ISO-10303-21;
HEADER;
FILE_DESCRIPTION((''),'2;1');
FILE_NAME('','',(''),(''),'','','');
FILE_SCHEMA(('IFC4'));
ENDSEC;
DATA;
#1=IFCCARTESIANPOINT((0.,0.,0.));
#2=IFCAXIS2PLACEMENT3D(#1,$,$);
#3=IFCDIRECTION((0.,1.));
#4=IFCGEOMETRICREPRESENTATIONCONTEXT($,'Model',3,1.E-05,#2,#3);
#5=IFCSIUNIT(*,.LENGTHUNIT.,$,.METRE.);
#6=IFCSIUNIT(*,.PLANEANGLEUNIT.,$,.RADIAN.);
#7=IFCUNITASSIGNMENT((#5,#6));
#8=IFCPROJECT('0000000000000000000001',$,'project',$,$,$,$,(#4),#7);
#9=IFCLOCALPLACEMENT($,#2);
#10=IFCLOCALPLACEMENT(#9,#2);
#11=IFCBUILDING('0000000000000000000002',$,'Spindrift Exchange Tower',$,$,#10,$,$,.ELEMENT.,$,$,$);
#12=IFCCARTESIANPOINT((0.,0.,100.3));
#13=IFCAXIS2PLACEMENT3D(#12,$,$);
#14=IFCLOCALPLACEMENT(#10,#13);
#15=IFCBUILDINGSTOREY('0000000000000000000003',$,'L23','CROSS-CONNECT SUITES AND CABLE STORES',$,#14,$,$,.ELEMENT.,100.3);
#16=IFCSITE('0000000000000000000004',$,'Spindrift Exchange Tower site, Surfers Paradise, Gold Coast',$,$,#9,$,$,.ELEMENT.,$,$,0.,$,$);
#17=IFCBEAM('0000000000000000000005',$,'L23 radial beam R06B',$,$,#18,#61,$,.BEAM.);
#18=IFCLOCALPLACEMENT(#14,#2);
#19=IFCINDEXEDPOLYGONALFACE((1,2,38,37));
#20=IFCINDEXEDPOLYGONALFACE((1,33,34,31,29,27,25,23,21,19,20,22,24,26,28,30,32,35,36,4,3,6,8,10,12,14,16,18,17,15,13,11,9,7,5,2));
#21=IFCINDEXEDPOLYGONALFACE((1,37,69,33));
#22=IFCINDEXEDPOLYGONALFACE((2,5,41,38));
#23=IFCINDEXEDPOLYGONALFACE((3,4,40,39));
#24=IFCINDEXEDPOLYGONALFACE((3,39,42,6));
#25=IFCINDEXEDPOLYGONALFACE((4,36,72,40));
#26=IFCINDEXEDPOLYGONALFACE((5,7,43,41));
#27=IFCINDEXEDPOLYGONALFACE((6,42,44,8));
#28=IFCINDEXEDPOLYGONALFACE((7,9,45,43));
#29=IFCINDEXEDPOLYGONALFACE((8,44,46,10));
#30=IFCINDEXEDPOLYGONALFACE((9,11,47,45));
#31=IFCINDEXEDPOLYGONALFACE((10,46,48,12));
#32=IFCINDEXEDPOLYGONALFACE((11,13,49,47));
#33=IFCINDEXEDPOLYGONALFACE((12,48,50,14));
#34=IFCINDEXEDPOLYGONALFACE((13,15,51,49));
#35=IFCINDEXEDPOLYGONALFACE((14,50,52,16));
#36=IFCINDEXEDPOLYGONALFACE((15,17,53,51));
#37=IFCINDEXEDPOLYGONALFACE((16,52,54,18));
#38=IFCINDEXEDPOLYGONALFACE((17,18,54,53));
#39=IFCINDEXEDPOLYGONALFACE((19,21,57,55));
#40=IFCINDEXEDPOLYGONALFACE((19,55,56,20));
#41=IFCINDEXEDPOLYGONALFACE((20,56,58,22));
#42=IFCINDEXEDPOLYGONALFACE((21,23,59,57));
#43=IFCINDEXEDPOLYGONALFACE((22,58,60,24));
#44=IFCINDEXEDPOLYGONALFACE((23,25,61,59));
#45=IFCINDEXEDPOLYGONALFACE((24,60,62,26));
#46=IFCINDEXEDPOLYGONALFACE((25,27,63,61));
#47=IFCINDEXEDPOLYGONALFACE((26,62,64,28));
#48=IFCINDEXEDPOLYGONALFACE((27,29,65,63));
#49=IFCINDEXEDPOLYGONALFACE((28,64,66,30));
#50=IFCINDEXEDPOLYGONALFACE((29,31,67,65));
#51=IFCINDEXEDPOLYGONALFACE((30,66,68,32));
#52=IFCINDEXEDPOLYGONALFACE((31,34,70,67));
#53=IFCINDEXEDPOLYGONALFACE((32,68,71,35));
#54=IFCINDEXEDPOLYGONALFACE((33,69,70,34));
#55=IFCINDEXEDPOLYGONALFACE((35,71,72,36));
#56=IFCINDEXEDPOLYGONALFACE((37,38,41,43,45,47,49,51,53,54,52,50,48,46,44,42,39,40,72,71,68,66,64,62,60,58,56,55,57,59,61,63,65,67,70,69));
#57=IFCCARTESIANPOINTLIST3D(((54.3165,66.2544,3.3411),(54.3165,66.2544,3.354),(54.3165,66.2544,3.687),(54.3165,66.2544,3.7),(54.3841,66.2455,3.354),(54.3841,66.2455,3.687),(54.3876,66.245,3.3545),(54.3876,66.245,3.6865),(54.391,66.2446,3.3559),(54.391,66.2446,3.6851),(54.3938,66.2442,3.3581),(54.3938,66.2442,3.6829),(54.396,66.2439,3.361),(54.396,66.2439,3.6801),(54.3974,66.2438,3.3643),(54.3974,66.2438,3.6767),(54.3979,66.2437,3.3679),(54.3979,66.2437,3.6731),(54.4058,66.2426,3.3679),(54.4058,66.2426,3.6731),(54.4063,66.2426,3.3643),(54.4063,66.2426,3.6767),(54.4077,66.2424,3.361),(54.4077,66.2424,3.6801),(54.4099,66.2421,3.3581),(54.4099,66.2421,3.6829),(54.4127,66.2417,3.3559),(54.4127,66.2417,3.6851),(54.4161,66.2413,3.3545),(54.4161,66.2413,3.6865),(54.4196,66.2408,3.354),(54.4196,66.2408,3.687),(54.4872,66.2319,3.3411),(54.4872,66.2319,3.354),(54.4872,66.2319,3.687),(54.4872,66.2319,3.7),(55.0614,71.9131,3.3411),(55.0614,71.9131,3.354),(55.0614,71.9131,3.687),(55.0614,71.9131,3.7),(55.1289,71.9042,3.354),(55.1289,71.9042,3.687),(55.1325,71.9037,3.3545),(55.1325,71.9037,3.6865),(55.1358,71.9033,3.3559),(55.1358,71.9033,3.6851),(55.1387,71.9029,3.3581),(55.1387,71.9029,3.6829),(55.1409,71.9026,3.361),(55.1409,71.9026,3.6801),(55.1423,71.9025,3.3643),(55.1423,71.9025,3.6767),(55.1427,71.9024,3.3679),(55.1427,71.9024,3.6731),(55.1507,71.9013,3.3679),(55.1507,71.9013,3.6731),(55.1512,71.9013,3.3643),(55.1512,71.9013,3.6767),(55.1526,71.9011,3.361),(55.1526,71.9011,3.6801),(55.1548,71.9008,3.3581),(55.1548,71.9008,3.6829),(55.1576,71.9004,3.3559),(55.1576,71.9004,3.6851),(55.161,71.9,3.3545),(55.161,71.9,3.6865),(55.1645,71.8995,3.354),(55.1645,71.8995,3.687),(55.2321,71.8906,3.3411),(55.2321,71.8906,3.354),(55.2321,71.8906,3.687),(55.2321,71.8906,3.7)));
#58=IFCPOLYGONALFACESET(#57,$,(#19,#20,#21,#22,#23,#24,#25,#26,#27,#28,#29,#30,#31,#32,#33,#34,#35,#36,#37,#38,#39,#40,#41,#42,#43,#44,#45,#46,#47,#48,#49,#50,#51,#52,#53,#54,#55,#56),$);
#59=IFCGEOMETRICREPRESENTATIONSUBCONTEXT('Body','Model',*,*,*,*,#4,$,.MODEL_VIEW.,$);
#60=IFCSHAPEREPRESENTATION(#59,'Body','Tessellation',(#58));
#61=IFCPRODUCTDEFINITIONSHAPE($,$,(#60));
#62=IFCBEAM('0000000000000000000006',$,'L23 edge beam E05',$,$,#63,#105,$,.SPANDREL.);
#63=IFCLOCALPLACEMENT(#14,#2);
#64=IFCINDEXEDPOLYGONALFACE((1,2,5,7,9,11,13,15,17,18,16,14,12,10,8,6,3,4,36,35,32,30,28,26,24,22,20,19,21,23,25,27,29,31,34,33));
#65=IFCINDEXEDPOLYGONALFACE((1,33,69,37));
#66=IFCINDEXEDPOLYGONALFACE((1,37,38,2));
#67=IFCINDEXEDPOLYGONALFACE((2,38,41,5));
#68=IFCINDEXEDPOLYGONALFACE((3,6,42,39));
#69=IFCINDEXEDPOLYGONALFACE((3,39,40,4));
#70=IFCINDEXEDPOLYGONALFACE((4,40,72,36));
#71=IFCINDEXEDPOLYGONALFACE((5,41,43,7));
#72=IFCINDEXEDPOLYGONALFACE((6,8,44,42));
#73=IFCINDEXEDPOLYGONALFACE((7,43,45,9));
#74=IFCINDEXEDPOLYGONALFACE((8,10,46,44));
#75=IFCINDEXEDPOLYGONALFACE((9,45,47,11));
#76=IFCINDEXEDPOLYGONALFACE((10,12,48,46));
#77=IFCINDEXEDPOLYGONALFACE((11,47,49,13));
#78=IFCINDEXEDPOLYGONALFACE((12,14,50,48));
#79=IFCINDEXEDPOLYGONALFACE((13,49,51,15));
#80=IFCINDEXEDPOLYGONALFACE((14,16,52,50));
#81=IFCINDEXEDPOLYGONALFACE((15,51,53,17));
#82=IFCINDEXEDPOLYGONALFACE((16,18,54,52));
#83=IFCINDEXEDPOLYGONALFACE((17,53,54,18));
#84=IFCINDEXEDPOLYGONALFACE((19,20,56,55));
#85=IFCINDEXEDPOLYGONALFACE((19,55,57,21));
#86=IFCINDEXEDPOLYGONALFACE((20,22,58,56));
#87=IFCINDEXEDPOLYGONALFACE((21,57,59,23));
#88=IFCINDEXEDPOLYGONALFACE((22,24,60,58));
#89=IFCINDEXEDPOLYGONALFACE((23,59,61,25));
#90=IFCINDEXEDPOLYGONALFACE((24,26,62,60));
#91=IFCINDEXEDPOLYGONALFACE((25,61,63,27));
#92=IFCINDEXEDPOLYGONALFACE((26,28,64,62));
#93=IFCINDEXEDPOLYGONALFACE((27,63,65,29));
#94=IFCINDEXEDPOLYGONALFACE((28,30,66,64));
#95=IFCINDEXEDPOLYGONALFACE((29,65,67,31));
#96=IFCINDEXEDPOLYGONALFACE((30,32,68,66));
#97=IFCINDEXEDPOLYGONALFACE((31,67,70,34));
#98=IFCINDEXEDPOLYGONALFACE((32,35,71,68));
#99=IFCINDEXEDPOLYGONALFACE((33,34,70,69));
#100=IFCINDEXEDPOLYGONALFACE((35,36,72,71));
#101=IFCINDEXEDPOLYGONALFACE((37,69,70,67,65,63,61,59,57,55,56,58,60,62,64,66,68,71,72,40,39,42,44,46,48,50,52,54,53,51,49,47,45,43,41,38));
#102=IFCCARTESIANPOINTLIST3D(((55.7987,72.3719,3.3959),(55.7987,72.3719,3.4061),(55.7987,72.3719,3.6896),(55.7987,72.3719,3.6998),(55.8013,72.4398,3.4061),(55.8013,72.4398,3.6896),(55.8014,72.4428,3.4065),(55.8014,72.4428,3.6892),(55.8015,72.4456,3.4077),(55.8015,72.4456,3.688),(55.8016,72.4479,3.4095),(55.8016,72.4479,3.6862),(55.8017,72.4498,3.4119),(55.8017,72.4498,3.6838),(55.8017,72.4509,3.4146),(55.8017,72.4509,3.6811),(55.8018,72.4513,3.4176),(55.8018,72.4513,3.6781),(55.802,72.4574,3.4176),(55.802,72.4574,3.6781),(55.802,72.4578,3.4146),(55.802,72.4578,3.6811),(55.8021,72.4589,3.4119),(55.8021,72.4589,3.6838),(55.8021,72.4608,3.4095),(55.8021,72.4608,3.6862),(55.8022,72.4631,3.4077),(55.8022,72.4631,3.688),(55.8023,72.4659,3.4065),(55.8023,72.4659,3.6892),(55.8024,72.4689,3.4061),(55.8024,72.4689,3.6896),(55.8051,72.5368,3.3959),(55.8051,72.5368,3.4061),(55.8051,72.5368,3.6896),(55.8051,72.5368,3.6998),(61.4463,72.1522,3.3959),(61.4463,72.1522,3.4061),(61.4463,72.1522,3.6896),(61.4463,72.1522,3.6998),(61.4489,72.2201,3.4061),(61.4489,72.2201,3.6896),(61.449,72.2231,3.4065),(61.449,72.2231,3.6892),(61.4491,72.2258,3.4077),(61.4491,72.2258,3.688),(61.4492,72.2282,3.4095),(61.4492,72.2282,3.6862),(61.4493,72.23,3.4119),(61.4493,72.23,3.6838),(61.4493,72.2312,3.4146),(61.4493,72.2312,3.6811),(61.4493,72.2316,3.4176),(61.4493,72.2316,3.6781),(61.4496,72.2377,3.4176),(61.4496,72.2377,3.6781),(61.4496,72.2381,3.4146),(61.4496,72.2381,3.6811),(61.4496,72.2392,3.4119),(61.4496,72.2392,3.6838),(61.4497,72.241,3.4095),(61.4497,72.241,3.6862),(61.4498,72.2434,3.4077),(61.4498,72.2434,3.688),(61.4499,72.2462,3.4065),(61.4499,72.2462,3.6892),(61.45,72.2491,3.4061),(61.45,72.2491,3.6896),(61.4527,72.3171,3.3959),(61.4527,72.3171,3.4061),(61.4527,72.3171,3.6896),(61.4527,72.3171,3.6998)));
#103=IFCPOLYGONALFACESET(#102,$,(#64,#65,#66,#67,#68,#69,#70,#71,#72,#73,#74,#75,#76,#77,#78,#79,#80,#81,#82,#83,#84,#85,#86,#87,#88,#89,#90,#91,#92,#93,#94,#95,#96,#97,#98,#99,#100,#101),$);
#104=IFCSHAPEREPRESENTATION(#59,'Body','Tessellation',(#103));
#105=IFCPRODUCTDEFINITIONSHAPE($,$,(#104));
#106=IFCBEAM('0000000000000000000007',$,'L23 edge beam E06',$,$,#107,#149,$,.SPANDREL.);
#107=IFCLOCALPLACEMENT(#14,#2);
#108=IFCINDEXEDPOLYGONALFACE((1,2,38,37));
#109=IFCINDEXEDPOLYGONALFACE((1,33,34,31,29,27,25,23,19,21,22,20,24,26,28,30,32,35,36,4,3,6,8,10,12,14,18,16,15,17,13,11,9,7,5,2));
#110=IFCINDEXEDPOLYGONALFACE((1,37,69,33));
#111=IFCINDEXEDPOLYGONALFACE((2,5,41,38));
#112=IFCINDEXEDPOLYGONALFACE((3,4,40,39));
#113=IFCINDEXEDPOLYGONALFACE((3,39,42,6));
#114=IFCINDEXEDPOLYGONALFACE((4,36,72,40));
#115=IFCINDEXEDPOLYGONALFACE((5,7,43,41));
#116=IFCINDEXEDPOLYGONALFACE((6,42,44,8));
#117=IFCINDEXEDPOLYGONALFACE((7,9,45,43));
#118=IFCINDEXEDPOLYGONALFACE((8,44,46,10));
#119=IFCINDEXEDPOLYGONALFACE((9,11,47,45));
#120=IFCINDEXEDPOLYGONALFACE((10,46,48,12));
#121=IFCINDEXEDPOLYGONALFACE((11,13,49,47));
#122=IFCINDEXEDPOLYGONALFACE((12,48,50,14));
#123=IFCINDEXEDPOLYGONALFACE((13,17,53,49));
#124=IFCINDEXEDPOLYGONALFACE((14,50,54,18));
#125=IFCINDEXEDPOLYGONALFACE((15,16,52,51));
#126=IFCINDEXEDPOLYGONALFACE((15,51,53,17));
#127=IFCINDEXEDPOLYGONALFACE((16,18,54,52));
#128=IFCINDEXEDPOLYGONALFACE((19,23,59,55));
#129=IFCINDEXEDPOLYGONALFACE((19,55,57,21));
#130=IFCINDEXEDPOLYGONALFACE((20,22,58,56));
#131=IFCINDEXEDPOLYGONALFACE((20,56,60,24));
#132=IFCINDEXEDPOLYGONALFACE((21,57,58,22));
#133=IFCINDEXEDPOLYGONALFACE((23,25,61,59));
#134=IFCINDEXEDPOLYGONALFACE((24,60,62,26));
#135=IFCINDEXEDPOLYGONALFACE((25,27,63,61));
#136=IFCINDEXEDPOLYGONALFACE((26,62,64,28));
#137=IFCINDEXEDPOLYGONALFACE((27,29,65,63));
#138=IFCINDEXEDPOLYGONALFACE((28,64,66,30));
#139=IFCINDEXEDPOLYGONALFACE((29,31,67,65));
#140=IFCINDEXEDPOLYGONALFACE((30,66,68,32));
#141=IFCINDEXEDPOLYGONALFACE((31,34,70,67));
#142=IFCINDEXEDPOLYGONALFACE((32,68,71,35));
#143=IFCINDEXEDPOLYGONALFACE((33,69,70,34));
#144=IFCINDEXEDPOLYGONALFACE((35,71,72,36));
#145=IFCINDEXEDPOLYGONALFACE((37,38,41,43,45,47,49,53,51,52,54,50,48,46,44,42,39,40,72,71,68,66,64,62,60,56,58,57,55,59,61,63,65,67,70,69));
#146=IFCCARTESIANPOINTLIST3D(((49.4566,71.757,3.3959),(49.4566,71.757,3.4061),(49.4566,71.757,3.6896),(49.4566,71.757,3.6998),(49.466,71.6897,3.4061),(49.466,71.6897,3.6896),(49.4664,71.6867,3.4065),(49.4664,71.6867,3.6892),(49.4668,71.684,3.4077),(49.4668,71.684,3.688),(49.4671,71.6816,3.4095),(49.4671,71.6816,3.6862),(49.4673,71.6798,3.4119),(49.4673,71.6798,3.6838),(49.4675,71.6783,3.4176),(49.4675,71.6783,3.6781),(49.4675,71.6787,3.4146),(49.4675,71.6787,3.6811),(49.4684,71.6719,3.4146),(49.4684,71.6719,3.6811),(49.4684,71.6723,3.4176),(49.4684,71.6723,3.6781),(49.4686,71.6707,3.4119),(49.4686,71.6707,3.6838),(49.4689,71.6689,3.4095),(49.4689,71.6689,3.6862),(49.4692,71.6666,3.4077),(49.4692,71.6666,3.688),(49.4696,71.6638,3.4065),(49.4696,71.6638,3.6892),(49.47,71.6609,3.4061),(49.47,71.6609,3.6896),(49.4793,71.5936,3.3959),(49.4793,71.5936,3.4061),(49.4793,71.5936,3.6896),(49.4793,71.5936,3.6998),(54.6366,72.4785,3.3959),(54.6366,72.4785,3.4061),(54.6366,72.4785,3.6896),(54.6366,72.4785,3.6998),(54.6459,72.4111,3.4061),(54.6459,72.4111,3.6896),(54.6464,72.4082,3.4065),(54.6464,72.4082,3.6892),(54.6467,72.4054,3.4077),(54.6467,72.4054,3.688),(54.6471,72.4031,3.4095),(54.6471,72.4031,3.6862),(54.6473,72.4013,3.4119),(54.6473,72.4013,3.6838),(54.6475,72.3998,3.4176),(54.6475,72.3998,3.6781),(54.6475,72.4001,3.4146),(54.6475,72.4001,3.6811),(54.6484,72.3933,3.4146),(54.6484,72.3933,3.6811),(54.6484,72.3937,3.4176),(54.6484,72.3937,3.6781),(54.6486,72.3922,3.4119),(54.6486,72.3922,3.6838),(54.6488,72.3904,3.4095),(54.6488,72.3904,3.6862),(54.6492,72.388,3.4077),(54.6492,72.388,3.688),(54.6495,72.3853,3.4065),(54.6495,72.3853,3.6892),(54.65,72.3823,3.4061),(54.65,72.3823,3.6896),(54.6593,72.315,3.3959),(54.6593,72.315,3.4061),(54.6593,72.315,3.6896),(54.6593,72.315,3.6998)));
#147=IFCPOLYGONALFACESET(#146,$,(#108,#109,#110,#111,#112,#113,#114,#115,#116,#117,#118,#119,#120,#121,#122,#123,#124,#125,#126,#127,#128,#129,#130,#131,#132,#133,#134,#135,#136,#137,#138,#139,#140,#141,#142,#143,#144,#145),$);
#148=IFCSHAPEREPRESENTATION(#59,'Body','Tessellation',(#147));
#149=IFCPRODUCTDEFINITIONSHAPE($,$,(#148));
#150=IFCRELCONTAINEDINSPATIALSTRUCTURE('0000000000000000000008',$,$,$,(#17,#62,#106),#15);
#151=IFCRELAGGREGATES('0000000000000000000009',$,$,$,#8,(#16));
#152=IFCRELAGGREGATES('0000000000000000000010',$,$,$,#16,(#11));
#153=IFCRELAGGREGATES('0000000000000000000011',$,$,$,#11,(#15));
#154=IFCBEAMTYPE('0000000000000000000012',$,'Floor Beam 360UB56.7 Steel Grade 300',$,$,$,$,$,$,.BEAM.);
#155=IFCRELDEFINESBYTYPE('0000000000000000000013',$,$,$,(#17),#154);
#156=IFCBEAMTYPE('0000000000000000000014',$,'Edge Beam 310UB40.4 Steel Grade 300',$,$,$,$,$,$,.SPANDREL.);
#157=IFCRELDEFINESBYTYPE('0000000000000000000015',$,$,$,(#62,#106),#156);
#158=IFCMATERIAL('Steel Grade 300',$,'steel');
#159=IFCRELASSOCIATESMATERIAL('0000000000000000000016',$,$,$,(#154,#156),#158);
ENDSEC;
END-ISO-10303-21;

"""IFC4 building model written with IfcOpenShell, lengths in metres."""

from ifc_helpers import new_model, si_unit, direction, frame, origin, origin_2d, place, context, subcontext, project, spatial, i_section, extrude, source, transform, mapped, material, material_profile, profile_set, type_object, element, save


model = new_model("IFC4")

# Units and contexts
model_context = context("Model", 3, precision=1e-05, world=origin(), true_north=direction((0.0, 1.0)))
body_context = subcontext(model_context, "Body", "Model", "MODEL_VIEW")
ifc_project = project(units=[si_unit("LENGTHUNIT", "METRE"), si_unit("PLANEANGLEUNIT", "RADIAN")], contexts=[model_context])

# Site, building, storey
site_placement = place(None, origin())
site = spatial("IfcSite", under=ifc_project, at=site_placement, Name="Spindrift Exchange Tower site, Surfers Paradise, Gold Coast", CompositionType="ELEMENT", RefElevation=0.0)
building_placement = place(site_placement, origin())
building = spatial("IfcBuilding", under=site, at=building_placement, Name="Spindrift Exchange Tower", CompositionType="ELEMENT")
storey_placement = place(building_placement, frame((0.0, 0.0, 100.3)))
storey = spatial("IfcBuildingStorey", under=building, at=storey_placement, Name="L23", Description="CROSS-CONNECT SUITES AND CABLE STORES", CompositionType="ELEMENT", Elevation=100.3)

# Beams
ifc_material_1 = material(Name="Steel Grade 300", Category="steel")
ifc_material_profile_1 = material_profile(ifc_material_1, i_section(OverallWidth=0.1721, OverallDepth=0.3589, WebThickness=0.0081, FlangeThickness=0.0129, FilletRadius=0.0139, at=origin_2d()), Name="360UB56.7")
ifc_profile_set_1 = profile_set([ifc_material_profile_1], Name="Steel Grade 300")
beam_type_1 = type_object("IfcBeamType", Name="Floor Beam 360UB56.7 Steel Grade 300", PredefinedType="BEAM", material=ifc_profile_set_1)
shared_shape_1 = source(origin(), body_context, "Body", "SweptSolid", [
    extrude(i_section(OverallWidth=0.1721, OverallDepth=0.3589, WebThickness=0.0081, FlangeThickness=0.0129, FilletRadius=0.0139, at=origin_2d()), origin(), (0.0, 0.0, 1.0), 5.7075),
])
beam_1_placement = place(storey_placement, frame((54.4019, 66.2432, 3.5205), z_axis=(0.130508, 0.991447, 0.0), x_axis=(-0.991447, 0.130508, 0.0)))
element("IfcBeam", 1, at=beam_1_placement, inside=storey, type_object=beam_type_1, Name="L23 radial beam R06B", PredefinedType="BEAM", context=body_context, shape_type="MappedRepresentation", body=[
    mapped(shared_shape_1, transform((0.0, 0.0, 0.0), scale=1.0)),
])
ifc_material_profile_2 = material_profile(ifc_material_1, i_section(OverallWidth=0.165, OverallDepth=0.304, WebThickness=0.0061, FlangeThickness=0.0103, FilletRadius=0.0115, at=origin_2d()), Name="310UB40.4")
ifc_profile_set_2 = profile_set([ifc_material_profile_2], Name="Steel Grade 300")
beam_type_2 = type_object("IfcBeamType", Name="Edge Beam 310UB40.4 Steel Grade 300", PredefinedType="SPANDREL", material=ifc_profile_set_2)
shared_shape_2 = source(origin(), body_context, "Body", "SweptSolid", [
    extrude(i_section(OverallWidth=0.165, OverallDepth=0.304, WebThickness=0.0061, FlangeThickness=0.0103, FilletRadius=0.0115, at=origin_2d()), origin(), (0.0, 0.0, 1.0), 5.6519),
])
beam_2_placement = place(storey_placement, frame((61.4495, 72.2346, 3.5479), z_axis=(-0.999244, 0.038878, 0.0), x_axis=(-0.038878, -0.999244, 0.0)))
element("IfcBeam", 2, at=beam_2_placement, inside=storey, type_object=beam_type_2, Name="L23 edge beam E05", PredefinedType="SPANDREL", context=body_context, shape_type="MappedRepresentation", body=[
    mapped(shared_shape_2, transform((0.0, 0.0, 0.0), scale=1.0)),
])
shared_shape_3 = source(origin(), body_context, "Body", "SweptSolid", [
    extrude(i_section(OverallWidth=0.165, OverallDepth=0.304, WebThickness=0.0061, FlangeThickness=0.0103, FilletRadius=0.0115, at=origin_2d()), origin(), (0.0, 0.0, 1.0), 5.23),
])
beam_3_placement = place(storey_placement, frame((54.6479, 72.3967, 3.5479), z_axis=(-0.99044, -0.137944, 0.0), x_axis=(0.137944, -0.99044, 0.0)))
element("IfcBeam", 3, at=beam_3_placement, inside=storey, type_object=beam_type_2, Name="L23 edge beam E06", PredefinedType="SPANDREL", context=body_context, shape_type="MappedRepresentation", body=[
    mapped(shared_shape_3, transform((0.0, 0.0, 0.0), scale=1.0)),
])

save(model, "model.ifc")
